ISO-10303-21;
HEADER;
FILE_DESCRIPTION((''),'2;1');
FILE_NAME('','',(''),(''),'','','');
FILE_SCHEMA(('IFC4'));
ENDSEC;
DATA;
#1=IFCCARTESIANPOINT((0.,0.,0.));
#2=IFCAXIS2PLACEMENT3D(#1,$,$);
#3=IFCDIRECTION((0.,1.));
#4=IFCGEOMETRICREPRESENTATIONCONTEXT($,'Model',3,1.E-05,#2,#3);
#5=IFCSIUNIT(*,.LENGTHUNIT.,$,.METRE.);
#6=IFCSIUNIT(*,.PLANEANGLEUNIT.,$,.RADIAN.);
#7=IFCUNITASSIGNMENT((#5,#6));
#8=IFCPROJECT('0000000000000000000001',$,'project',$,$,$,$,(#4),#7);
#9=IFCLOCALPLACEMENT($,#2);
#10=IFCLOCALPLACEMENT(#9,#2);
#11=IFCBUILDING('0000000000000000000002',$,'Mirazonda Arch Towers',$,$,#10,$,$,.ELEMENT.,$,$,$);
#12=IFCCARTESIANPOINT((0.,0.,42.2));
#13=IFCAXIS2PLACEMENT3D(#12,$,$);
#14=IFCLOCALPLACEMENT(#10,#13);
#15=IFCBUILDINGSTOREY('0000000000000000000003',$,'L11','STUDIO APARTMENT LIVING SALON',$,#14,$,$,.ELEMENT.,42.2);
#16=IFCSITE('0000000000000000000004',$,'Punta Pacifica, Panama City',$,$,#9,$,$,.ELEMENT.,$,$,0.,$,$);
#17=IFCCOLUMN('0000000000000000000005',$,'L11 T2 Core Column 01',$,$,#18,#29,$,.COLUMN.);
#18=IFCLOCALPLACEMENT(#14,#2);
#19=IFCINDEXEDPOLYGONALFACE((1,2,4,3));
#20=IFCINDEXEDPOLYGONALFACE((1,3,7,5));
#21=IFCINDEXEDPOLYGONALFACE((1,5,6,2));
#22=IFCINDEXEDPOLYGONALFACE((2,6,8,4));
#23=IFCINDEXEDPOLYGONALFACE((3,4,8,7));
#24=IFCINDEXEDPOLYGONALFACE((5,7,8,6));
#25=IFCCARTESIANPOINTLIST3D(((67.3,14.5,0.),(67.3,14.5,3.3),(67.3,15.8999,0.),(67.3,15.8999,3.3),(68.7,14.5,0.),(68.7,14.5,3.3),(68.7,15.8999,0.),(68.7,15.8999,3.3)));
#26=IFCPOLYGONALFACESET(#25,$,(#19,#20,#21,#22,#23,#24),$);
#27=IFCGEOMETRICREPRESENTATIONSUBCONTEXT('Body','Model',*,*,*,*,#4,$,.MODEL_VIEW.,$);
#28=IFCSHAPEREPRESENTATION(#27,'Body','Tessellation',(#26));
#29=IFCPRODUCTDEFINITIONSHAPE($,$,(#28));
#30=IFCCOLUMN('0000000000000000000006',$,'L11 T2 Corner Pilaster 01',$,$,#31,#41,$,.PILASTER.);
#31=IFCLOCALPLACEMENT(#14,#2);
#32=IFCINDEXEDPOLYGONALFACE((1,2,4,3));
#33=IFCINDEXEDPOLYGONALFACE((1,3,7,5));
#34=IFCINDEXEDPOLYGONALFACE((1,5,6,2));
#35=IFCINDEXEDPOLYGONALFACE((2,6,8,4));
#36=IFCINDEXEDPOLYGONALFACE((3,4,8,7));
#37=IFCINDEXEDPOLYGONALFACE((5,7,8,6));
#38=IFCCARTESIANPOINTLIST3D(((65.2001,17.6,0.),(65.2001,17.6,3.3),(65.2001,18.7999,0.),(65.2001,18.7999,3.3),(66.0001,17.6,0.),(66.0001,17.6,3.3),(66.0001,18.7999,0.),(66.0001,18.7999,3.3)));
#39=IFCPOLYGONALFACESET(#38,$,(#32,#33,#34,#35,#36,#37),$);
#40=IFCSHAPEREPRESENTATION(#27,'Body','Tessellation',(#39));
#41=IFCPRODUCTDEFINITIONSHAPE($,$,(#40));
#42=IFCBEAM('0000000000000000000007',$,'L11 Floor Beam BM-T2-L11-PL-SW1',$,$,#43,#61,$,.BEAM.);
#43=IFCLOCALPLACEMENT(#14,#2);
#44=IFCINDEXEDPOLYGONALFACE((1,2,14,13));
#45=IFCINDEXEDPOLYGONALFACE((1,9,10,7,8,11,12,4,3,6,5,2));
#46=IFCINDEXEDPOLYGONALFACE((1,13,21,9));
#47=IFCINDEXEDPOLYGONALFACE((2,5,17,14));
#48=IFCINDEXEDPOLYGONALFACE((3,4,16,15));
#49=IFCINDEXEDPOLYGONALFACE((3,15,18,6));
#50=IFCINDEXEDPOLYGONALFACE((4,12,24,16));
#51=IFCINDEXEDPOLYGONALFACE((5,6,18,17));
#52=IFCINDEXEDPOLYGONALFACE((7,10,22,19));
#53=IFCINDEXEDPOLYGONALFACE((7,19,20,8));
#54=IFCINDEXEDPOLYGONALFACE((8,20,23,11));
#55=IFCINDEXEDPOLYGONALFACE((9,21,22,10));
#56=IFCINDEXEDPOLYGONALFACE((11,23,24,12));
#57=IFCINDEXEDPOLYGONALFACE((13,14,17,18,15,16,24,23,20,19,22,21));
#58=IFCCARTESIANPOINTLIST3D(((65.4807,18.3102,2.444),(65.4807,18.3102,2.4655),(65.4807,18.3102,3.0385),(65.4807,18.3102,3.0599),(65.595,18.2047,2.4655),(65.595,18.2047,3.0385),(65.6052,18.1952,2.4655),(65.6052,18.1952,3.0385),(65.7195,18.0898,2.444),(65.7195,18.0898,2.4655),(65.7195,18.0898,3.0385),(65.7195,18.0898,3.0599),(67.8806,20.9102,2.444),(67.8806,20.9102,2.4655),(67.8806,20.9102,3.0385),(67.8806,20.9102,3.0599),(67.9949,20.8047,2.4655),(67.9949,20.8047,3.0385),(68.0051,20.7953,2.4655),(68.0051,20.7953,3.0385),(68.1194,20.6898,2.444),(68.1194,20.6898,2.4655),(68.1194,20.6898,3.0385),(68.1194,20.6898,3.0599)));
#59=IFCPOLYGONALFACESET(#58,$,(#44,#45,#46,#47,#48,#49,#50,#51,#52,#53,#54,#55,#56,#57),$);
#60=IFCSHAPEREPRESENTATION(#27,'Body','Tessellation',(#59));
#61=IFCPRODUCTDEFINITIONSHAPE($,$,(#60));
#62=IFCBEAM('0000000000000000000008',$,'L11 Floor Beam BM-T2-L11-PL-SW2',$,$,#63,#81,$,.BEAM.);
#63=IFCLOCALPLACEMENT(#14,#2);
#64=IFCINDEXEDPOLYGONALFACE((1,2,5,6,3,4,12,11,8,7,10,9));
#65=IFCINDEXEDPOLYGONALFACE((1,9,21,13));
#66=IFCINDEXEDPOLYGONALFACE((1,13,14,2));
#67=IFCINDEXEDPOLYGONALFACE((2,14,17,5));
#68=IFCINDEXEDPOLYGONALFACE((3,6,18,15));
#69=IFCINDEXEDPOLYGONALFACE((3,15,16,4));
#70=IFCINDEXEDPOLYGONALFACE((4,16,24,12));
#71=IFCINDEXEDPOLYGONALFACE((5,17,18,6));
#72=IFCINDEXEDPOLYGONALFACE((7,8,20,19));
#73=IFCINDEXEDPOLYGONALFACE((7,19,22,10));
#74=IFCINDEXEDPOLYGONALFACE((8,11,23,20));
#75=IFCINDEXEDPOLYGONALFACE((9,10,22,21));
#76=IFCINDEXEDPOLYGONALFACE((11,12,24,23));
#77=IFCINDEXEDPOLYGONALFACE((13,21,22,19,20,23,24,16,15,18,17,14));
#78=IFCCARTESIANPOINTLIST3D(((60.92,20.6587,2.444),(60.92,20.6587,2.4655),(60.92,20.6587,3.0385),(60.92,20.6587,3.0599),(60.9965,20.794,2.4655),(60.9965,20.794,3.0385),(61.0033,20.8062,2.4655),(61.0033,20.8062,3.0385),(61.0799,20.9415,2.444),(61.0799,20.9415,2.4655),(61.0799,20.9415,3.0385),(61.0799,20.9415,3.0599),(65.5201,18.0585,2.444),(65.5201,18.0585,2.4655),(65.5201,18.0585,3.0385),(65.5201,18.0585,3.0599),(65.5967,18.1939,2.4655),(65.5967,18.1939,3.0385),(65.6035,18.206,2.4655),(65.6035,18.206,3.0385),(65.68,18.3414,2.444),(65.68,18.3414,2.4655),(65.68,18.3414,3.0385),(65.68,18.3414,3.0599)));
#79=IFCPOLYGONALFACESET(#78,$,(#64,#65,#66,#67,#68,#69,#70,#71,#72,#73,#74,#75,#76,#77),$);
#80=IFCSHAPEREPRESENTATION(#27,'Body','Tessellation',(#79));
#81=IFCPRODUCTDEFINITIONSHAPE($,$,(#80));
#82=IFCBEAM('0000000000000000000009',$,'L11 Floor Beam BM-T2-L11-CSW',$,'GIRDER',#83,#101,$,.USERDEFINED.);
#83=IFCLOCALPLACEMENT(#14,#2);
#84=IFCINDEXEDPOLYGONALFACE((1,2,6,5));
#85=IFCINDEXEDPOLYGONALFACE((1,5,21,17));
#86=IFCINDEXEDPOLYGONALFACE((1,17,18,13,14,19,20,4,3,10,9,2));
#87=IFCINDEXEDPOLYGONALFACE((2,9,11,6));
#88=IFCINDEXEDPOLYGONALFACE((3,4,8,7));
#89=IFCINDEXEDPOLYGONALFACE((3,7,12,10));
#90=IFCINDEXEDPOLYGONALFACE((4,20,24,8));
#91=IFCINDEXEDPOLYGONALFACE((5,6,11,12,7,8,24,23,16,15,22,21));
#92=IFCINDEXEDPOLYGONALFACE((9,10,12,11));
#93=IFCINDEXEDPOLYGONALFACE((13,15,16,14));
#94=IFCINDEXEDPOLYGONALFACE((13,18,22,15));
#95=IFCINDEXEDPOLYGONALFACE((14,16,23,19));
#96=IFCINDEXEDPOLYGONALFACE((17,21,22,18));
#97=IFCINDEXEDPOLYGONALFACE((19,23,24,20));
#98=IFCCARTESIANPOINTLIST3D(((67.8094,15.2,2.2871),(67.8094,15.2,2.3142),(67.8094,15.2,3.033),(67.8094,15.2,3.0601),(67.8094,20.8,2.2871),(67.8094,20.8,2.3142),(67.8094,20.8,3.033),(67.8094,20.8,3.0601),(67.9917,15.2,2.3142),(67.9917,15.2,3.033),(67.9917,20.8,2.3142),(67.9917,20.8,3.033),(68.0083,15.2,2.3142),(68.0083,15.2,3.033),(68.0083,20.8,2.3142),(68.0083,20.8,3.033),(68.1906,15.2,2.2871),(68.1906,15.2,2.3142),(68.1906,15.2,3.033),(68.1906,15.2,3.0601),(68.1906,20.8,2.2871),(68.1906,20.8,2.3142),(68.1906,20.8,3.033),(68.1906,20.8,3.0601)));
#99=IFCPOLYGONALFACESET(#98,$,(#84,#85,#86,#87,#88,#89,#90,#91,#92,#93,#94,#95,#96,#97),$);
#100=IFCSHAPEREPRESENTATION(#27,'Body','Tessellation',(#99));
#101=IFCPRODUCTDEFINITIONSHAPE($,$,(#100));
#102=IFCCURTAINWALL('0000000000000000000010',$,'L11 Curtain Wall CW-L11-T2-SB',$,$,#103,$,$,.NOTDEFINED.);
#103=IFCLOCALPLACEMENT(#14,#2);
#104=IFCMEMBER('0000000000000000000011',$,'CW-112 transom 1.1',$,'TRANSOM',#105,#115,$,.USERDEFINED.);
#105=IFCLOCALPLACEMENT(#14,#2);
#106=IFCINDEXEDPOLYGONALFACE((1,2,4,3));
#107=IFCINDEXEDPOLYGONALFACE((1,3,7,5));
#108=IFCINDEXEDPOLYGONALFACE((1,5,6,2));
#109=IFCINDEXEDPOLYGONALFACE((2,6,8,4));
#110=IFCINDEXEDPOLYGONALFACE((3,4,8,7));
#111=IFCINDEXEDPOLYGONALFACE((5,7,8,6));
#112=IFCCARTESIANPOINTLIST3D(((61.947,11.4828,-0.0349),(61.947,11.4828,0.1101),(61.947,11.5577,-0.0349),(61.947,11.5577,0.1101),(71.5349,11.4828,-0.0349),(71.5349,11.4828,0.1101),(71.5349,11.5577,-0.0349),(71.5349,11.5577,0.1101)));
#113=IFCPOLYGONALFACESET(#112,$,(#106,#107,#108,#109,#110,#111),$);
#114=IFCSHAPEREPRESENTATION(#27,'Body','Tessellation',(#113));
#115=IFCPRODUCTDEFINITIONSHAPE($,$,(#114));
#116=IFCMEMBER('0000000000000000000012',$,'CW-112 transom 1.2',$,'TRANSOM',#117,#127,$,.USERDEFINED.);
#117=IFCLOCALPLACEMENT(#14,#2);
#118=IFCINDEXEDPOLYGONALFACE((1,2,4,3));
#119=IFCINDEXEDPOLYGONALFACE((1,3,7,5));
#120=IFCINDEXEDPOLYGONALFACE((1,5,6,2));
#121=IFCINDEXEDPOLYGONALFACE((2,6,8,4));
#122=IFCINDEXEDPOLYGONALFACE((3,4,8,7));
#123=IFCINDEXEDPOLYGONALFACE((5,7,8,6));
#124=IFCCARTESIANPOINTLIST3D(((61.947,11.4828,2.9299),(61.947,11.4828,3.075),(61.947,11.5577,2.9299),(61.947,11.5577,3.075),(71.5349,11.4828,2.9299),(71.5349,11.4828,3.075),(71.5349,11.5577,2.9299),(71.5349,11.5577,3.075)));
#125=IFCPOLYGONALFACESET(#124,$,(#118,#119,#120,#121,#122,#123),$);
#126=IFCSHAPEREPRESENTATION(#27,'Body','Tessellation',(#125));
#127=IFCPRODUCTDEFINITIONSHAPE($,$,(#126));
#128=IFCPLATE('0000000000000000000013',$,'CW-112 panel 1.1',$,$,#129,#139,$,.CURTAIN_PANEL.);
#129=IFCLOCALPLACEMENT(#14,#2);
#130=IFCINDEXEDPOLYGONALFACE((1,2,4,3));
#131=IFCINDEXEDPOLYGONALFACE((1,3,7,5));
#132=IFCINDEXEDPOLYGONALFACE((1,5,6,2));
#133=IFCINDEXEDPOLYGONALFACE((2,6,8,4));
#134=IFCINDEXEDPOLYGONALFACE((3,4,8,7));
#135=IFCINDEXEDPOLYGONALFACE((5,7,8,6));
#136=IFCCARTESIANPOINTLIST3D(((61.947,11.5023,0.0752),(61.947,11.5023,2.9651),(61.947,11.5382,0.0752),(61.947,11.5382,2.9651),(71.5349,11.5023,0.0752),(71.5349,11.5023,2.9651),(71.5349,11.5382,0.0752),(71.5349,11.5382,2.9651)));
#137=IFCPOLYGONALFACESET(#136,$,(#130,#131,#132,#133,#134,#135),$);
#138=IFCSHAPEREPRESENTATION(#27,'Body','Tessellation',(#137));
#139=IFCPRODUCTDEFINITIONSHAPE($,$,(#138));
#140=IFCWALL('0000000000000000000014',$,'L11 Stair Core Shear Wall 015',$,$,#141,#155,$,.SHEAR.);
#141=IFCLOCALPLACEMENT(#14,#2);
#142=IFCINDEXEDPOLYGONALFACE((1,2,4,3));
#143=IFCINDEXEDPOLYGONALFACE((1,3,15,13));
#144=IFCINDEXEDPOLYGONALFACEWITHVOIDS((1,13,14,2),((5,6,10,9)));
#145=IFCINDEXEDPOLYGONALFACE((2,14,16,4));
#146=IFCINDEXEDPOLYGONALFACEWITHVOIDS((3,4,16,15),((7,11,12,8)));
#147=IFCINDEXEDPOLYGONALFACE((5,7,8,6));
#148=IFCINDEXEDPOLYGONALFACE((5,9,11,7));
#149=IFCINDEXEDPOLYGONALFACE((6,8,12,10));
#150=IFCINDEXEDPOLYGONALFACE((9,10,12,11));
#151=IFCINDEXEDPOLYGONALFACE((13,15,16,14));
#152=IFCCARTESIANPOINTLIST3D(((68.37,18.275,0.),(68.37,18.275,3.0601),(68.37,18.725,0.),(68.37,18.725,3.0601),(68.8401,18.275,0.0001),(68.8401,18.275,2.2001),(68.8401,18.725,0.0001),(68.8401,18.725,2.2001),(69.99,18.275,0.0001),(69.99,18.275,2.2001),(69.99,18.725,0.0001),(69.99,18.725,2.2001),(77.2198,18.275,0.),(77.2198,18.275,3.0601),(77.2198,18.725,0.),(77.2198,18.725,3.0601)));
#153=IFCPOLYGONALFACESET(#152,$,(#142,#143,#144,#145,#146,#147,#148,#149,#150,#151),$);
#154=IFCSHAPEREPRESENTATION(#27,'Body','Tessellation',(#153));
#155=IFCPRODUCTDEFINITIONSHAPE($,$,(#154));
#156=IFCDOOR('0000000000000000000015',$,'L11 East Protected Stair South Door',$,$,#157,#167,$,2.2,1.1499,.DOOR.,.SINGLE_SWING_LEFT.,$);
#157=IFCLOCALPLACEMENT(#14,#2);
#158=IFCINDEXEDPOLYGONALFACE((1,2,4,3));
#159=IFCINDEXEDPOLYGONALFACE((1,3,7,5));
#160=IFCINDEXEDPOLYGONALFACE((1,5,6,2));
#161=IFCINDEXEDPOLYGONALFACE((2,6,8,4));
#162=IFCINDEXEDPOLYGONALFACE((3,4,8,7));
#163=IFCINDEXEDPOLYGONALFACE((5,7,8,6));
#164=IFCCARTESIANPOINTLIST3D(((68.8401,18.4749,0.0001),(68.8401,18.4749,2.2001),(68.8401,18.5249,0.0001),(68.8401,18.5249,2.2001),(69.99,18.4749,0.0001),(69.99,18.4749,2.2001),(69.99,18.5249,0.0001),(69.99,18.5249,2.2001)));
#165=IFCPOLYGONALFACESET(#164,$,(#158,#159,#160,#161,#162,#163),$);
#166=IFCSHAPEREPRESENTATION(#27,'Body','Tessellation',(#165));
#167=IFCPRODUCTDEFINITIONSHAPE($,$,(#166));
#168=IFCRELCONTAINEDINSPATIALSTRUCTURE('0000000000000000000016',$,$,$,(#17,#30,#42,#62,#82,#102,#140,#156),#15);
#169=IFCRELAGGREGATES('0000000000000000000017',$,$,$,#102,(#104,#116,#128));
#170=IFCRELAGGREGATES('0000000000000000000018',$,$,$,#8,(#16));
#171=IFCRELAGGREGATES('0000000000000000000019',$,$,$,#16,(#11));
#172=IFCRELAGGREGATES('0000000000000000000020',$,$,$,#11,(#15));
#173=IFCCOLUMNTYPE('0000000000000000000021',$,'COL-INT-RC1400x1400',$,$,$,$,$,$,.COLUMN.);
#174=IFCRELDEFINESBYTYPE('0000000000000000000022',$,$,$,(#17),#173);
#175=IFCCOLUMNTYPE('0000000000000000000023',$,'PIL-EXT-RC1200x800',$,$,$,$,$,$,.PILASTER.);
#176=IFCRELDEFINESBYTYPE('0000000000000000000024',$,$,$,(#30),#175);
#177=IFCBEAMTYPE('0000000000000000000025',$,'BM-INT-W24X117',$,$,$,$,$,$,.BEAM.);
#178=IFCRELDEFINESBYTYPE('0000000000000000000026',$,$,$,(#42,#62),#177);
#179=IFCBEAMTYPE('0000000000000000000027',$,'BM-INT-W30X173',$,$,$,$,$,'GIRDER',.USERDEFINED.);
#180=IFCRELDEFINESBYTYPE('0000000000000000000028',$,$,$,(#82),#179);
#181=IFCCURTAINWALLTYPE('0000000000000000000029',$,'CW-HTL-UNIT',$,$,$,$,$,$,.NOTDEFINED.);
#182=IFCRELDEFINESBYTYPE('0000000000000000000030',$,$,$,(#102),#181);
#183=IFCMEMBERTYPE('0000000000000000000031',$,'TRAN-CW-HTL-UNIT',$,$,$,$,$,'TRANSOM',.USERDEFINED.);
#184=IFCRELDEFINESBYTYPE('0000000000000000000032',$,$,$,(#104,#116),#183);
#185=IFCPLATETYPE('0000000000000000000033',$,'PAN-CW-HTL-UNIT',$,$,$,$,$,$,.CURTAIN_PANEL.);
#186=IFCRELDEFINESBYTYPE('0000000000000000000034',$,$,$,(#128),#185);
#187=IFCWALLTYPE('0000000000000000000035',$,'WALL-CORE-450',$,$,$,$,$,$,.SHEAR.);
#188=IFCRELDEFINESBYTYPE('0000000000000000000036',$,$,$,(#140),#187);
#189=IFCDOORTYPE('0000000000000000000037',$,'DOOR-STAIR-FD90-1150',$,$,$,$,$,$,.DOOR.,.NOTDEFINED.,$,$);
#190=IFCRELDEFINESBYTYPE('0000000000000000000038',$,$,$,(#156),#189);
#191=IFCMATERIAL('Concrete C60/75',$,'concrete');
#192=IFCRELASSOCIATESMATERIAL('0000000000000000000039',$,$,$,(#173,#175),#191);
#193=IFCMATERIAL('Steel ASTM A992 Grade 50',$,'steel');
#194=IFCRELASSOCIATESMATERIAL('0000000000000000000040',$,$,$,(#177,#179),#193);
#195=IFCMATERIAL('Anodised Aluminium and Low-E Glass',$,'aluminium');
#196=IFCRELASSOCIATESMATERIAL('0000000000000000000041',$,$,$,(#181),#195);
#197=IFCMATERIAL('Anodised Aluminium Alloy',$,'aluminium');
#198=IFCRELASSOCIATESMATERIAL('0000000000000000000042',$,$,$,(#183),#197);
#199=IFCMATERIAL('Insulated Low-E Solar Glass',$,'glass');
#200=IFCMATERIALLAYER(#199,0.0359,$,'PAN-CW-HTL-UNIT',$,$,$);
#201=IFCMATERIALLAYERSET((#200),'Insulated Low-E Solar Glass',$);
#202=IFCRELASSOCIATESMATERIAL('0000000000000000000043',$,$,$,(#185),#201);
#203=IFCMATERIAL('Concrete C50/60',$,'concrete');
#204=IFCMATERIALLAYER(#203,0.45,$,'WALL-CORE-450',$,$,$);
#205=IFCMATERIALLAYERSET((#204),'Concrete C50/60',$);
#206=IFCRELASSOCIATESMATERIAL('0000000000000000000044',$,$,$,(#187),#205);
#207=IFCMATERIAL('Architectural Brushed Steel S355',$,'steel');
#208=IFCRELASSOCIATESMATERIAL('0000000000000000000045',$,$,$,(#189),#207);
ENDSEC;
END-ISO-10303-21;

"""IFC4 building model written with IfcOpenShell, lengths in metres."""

from ifc_helpers import new_model, si_unit, direction, frame, frame_2d, origin, origin_2d, place, context, subcontext, project, spatial, rectangle, i_section, extrude, material, layer, layer_set, material_profile, profile_set, type_object, element, fill, aggregate, save


model = new_model("IFC4")

# Units and contexts
model_context = context("Model", 3, precision=1e-05, world=origin(), true_north=direction((0.0, 1.0)))
body_context = subcontext(model_context, "Body", "Model", "MODEL_VIEW")
ifc_project = project(units=[si_unit("LENGTHUNIT", "METRE"), si_unit("PLANEANGLEUNIT", "RADIAN")], contexts=[model_context])

# Site, building, storey
site_placement = place(None, origin())
site = spatial("IfcSite", under=ifc_project, at=site_placement, Name="Punta Pacifica, Panama City", CompositionType="ELEMENT", RefElevation=0.0)
building_placement = place(site_placement, origin())
building = spatial("IfcBuilding", under=site, at=building_placement, Name="Mirazonda Arch Towers", CompositionType="ELEMENT")
storey_placement = place(building_placement, frame((0.0, 0.0, 42.2)))
storey = spatial("IfcBuildingStorey", under=building, at=storey_placement, Name="L11", Description="STUDIO APARTMENT LIVING SALON", CompositionType="ELEMENT", Elevation=42.2)

# Columns
ifc_material_1 = material(Name="Concrete C60/75", Category="concrete")
ifc_material_profile_1 = material_profile(ifc_material_1, rectangle(XDim=1.3999, YDim=1.3999, at=origin_2d()), Name="RC1400x1400")
ifc_profile_set_1 = profile_set([ifc_material_profile_1], Name="Concrete C60/75")
column_type_1 = type_object("IfcColumnType", Name="COL-INT-RC1400x1400", PredefinedType="COLUMN", material=ifc_profile_set_1)
column_1_placement = place(storey_placement, frame((68.0, 15.2, 0.0), z_axis=(0.0, 0.0, 1.0), x_axis=(1.0, 0.0, 0.0)))
element("IfcColumn", 1, at=column_1_placement, inside=storey, type_object=column_type_1, Name="L11 T2 Core Column 01", PredefinedType="COLUMN", context=body_context, shape_type="SweptSolid", body=[
    extrude(rectangle(XDim=1.3999, YDim=1.3999, at=origin_2d()), origin(), (0.0, 0.0, 1.0), 3.3),
])
ifc_material_profile_2 = material_profile(ifc_material_1, rectangle(XDim=0.8, YDim=1.2, at=origin_2d()), Name="RC1200x800")
ifc_profile_set_2 = profile_set([ifc_material_profile_2], Name="Concrete C60/75")
column_type_2 = type_object("IfcColumnType", Name="PIL-EXT-RC1200x800", PredefinedType="PILASTER", material=ifc_profile_set_2)
column_2_placement = place(storey_placement, frame((65.6001, 18.2, 0.0), z_axis=(0.0, 0.0, 1.0), x_axis=(1.0, 0.0, 0.0)))
element("IfcColumn", 2, at=column_2_placement, inside=storey, type_object=column_type_2, Name="L11 T2 Corner Pilaster 01", PredefinedType="PILASTER", context=body_context, shape_type="SweptSolid", body=[
    extrude(rectangle(XDim=0.8, YDim=1.2, at=origin_2d()), origin(), (0.0, 0.0, 1.0), 3.3),
])

# Beams
ifc_material_2 = material(Name="Steel ASTM A992 Grade 50", Category="steel")
ifc_material_profile_3 = material_profile(ifc_material_2, i_section(OverallWidth=0.325, OverallDepth=0.616, WebThickness=0.0139, FlangeThickness=0.0215, at=origin_2d()), Name="W24X117")
ifc_profile_set_3 = profile_set([ifc_material_profile_3], Name="Steel ASTM A992 Grade 50")
beam_type_1 = type_object("IfcBeamType", Name="BM-INT-W24X117", PredefinedType="BEAM", material=ifc_profile_set_3)
beam_1_placement = place(storey_placement, frame((65.6001, 18.2, 2.752), z_axis=(0.678251, 0.73483, 0.0), x_axis=(-0.73483, 0.678251, 0.0)))
element("IfcBeam", 3, at=beam_1_placement, inside=storey, type_object=beam_type_1, Name="L11 Floor Beam BM-T2-L11-PL-SW1", PredefinedType="BEAM", context=body_context, shape_type="SweptSolid", body=[
    extrude(i_section(OverallWidth=0.325, OverallDepth=0.616, WebThickness=0.0139, FlangeThickness=0.0215, at=origin_2d()), origin(), (0.0, 0.0, 1.0), 3.5383),
])
beam_2_placement = place(storey_placement, frame((65.6001, 18.2, 2.752), z_axis=(-0.870559, 0.492063, 0.0), x_axis=(-0.492063, -0.870559, 0.0)))
element("IfcBeam", 4, at=beam_2_placement, inside=storey, type_object=beam_type_1, Name="L11 Floor Beam BM-T2-L11-PL-SW2", PredefinedType="BEAM", context=body_context, shape_type="SweptSolid", body=[
    extrude(i_section(OverallWidth=0.325, OverallDepth=0.616, WebThickness=0.0139, FlangeThickness=0.0215, at=origin_2d()), origin(), (0.0, 0.0, 1.0), 5.2842),
])
ifc_material_profile_4 = material_profile(ifc_material_2, i_section(OverallWidth=0.3811, OverallDepth=0.7729, WebThickness=0.0166, FlangeThickness=0.0271, at=origin_2d()), Name="W30X173")
ifc_profile_set_4 = profile_set([ifc_material_profile_4], Name="Steel ASTM A992 Grade 50")
beam_type_2 = type_object("IfcBeamType", Name="BM-INT-W30X173", ElementType="GIRDER", PredefinedType="USERDEFINED", material=ifc_profile_set_4)
beam_3_placement = place(storey_placement, frame((68.0, 15.2, 2.6736), z_axis=(0.0, 1.0, 0.0), x_axis=(-1.0, 0.0, 0.0)))
element("IfcBeam", 5, at=beam_3_placement, inside=storey, type_object=beam_type_2, Name="L11 Floor Beam BM-T2-L11-CSW", ObjectType="GIRDER", PredefinedType="USERDEFINED", context=body_context, shape_type="SweptSolid", body=[
    extrude(i_section(OverallWidth=0.3811, OverallDepth=0.7729, WebThickness=0.0166, FlangeThickness=0.0271, at=origin_2d()), origin(), (0.0, 0.0, 1.0), 5.6001),
])

# Curtain wall, members, plate
ifc_material_3 = material(Name="Anodised Aluminium and Low-E Glass", Category="aluminium")
curtain_wall_type = type_object("IfcCurtainWallType", Name="CW-HTL-UNIT", PredefinedType="NOTDEFINED", material=ifc_material_3)
curtain_wall_placement = place(storey_placement, origin())
curtain_wall = element("IfcCurtainWall", 6, at=curtain_wall_placement, inside=storey, type_object=curtain_wall_type, Name="L11 Curtain Wall CW-L11-T2-SB", PredefinedType="NOTDEFINED")
ifc_material_4 = material(Name="Anodised Aluminium Alloy", Category="aluminium")
ifc_material_profile_5 = material_profile(ifc_material_4, rectangle(XDim=0.075, YDim=0.145, at=origin_2d()), Name="ALU-TRAN-75x145")
ifc_profile_set_5 = profile_set([ifc_material_profile_5], Name="Anodised Aluminium Alloy")
member_type = type_object("IfcMemberType", Name="TRAN-CW-HTL-UNIT", ElementType="TRANSOM", PredefinedType="USERDEFINED", material=ifc_profile_set_5)
member_1_placement = place(storey_placement, frame((71.5349, 11.5203, 0.0376), z_axis=(-1.0, 0.0, 0.0), x_axis=(0.0, -1.0, 0.0)))
member_1 = element("IfcMember", 7, at=member_1_placement, type_object=member_type, Name="CW-112 transom 1.1", ObjectType="TRANSOM", PredefinedType="USERDEFINED", context=body_context, shape_type="SweptSolid", body=[
    extrude(rectangle(XDim=0.075, YDim=0.145, at=origin_2d()), origin(), (0.0, 0.0, 1.0), 9.5879),
])
member_2_placement = place(storey_placement, frame((71.5349, 11.5203, 3.0024), z_axis=(-1.0, 0.0, 0.0), x_axis=(0.0, -1.0, 0.0)))
member_2 = element("IfcMember", 8, at=member_2_placement, type_object=member_type, Name="CW-112 transom 1.2", ObjectType="TRANSOM", PredefinedType="USERDEFINED", context=body_context, shape_type="SweptSolid", body=[
    extrude(rectangle(XDim=0.075, YDim=0.145, at=origin_2d()), origin(), (0.0, 0.0, 1.0), 9.5879),
])
ifc_material_5 = material(Name="Insulated Low-E Solar Glass", Category="glass")
ifc_layer_1 = layer(ifc_material_5, 0.0359, Name="PAN-CW-HTL-UNIT")
ifc_layer_set_1 = layer_set([ifc_layer_1], Name="Insulated Low-E Solar Glass")
plate_type = type_object("IfcPlateType", Name="PAN-CW-HTL-UNIT", PredefinedType="CURTAIN_PANEL", material=ifc_layer_set_1)
plate_placement = place(storey_placement, frame((66.741, 11.5203, 0.0752), z_axis=(0.0, 0.0, 1.0), x_axis=(-1.0, 0.0, 0.0)))
plate = element("IfcPlate", 9, at=plate_placement, type_object=plate_type, Name="CW-112 panel 1.1", PredefinedType="CURTAIN_PANEL", context=body_context, shape_type="SweptSolid", body=[
    extrude(rectangle(XDim=9.5879, YDim=0.0359, at=origin_2d()), origin(), (0.0, 0.0, 1.0), 2.8899),
])
aggregate(curtain_wall, [member_1, member_2, plate])

# Wall, opening, door
ifc_material_6 = material(Name="Concrete C50/60", Category="concrete")
ifc_layer_2 = layer(ifc_material_6, 0.45, Name="WALL-CORE-450")
ifc_layer_set_2 = layer_set([ifc_layer_2], Name="Concrete C50/60")
wall_type_1 = type_object("IfcWallType", Name="WALL-CORE-450", PredefinedType="SHEAR", material=ifc_layer_set_2)
wall_1_placement = place(storey_placement, frame((68.3701, 18.5, 0.0), z_axis=(0.0, 0.0, 1.0), x_axis=(1.0, 0.0, 0.0)))
wall_1 = element("IfcWall", 10, at=wall_1_placement, inside=storey, type_object=wall_type_1, Name="L11 Stair Core Shear Wall 015", PredefinedType="SHEAR", context=body_context, shape_type="SweptSolid", body=[
    extrude(rectangle(XDim=8.8499, YDim=0.45, at=frame_2d((4.4248, 0.0))), origin(), (0.0, 0.0, 1.0), 3.0601),
])
opening_placement = place(wall_1_placement, frame((0.47, 0.0, 0.0)))
opening = element("IfcOpeningElement", 11, at=opening_placement, cuts=wall_1, PredefinedType="OPENING", context=body_context, shape_type="SweptSolid", body=[
    extrude(rectangle(XDim=1.1499, YDim=2.2, at=frame_2d((0.575, 1.1001))), frame((0.0, 0.2349, 0.0), z_axis=(0.0, -1.0, 0.0), x_axis=(1.0, 0.0, 0.0)), (0.0, 0.0, 1.0), 0.47),
])
ifc_material_7 = material(Name="Architectural Brushed Steel S355", Category="steel")
door_type = type_object("IfcDoorType", Name="DOOR-STAIR-FD90-1150", OperationType="NOTDEFINED", PredefinedType="DOOR", material=ifc_material_7)
door_placement = place(opening_placement, origin())
door = element("IfcDoor", 12, at=door_placement, inside=storey, type_object=door_type, Name="L11 East Protected Stair South Door", OperationType="SINGLE_SWING_LEFT", OverallHeight=2.2, OverallWidth=1.1499, PredefinedType="DOOR", context=body_context, shape_type="SweptSolid", body=[
    extrude(rectangle(XDim=1.1499, YDim=2.2, at=frame_2d((0.575, 1.1001))), frame((0.0, 0.0249, 0.0), z_axis=(0.0, -1.0, 0.0), x_axis=(1.0, 0.0, 0.0)), (0.0, 0.0, 1.0), 0.05),
])
fill(opening, door)

save(model, "model.ifc")
